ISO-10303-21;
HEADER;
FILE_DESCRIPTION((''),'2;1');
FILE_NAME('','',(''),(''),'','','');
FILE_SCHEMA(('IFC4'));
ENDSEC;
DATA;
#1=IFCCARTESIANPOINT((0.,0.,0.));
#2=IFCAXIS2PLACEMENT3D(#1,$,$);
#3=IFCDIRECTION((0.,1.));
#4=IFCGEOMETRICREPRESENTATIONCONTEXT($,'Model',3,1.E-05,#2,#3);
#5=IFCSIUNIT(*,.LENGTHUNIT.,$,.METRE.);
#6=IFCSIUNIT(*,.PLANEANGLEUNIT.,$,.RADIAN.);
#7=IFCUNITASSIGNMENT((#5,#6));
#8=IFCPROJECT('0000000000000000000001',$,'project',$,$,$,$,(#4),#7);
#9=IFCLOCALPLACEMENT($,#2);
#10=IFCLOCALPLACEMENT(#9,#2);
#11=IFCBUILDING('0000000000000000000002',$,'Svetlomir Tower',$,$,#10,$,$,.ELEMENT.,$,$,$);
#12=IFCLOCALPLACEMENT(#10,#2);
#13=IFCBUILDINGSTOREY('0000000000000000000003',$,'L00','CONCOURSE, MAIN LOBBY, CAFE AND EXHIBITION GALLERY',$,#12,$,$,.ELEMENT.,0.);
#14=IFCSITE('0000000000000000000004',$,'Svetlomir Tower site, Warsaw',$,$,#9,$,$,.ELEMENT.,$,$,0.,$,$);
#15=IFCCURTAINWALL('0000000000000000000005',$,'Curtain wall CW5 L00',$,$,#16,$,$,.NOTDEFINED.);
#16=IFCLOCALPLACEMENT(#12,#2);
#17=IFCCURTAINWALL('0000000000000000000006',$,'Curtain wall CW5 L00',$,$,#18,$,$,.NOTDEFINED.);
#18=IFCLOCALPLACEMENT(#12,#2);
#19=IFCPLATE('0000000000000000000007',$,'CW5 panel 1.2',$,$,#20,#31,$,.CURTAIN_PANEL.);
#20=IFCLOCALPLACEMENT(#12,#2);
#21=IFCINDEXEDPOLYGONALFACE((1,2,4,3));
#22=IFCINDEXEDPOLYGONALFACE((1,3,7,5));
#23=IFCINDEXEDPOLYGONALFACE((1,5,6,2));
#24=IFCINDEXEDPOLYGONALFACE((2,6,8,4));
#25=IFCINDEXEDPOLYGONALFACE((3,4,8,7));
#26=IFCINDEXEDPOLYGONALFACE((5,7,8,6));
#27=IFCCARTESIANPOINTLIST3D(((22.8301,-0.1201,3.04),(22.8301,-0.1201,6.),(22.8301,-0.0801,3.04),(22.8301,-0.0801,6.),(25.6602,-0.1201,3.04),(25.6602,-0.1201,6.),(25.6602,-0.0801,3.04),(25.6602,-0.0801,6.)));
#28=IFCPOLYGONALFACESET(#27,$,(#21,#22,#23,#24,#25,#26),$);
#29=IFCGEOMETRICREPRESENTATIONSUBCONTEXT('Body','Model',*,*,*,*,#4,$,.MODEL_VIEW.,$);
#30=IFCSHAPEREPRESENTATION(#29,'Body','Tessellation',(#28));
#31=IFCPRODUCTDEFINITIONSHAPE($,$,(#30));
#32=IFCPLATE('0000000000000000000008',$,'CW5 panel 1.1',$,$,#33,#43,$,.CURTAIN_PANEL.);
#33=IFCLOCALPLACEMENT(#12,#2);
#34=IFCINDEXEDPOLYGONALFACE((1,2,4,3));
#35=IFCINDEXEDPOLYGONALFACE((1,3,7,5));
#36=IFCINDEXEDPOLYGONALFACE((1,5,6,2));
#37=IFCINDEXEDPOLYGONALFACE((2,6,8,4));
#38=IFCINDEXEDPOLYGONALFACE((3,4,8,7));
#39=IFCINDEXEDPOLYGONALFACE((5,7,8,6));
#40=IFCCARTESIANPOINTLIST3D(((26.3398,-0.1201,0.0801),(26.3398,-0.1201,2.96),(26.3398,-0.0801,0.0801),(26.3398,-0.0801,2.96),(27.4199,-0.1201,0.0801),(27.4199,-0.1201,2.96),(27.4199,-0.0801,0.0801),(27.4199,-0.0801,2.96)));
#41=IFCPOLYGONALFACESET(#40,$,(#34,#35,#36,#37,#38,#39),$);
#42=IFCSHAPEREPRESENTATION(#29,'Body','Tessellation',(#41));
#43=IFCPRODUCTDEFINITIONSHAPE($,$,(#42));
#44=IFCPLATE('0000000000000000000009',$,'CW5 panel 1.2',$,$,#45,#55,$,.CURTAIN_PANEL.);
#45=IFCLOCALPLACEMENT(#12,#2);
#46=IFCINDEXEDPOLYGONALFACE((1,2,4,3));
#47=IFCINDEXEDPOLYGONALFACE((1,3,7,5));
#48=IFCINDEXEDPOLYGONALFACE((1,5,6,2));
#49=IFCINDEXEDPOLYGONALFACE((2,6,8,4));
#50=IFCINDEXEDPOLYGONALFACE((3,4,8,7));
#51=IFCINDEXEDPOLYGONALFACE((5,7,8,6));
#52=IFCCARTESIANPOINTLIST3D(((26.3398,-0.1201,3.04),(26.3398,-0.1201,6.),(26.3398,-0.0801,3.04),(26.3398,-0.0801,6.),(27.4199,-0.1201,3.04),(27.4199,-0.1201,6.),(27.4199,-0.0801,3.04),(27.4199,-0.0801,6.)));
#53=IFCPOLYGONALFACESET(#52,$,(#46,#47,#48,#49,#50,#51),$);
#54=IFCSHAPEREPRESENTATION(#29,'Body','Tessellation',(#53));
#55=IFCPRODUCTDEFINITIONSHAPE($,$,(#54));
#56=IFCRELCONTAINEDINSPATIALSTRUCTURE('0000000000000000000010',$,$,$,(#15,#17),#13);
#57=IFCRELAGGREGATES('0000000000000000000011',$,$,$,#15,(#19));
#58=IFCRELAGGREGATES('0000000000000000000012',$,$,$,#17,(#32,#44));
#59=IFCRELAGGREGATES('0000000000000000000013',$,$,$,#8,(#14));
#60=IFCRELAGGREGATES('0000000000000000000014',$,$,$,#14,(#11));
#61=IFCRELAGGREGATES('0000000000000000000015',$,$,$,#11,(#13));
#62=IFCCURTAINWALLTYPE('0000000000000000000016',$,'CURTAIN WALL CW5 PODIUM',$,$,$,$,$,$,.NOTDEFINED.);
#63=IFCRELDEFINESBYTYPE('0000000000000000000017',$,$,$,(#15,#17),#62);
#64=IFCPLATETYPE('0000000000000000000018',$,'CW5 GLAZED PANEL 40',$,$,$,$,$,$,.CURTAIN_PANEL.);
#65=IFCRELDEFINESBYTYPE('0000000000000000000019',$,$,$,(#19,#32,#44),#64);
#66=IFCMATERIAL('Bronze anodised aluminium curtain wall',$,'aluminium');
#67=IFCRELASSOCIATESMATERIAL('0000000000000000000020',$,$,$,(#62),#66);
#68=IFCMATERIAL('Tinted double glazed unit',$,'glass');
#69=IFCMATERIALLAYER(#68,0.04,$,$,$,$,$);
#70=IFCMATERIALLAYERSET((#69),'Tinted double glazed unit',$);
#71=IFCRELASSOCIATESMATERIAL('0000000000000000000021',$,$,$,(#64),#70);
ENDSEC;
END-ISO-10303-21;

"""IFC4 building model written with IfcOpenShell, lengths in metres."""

from ifc_helpers import new_model, si_unit, direction, frame, origin, origin_2d, place, context, subcontext, project, spatial, rectangle, extrude, material, layer, layer_set, type_object, element, aggregate, save


model = new_model("IFC4")

# Units and contexts
model_context = context("Model", 3, precision=1e-05, world=origin(), true_north=direction((0.0, 1.0)))
body_context = subcontext(model_context, "Body", "Model", "MODEL_VIEW")
ifc_project = project(units=[si_unit("LENGTHUNIT", "METRE"), si_unit("PLANEANGLEUNIT", "RADIAN")], contexts=[model_context])

# Site, building, storey
site_placement = place(None, origin())
site = spatial("IfcSite", under=ifc_project, at=site_placement, Name="Svetlomir Tower site, Warsaw", CompositionType="ELEMENT", RefElevation=0.0)
building_placement = place(site_placement, origin())
building = spatial("IfcBuilding", under=site, at=building_placement, Name="Svetlomir Tower", CompositionType="ELEMENT")
storey_placement = place(building_placement, origin())
storey = spatial("IfcBuildingStorey", under=building, at=storey_placement, Name="L00", Description="CONCOURSE, MAIN LOBBY, CAFE AND EXHIBITION GALLERY", CompositionType="ELEMENT", Elevation=0.0)

# Curtain walls
ifc_material_1 = material(Name="Bronze anodised aluminium curtain wall", Category="aluminium")
curtain_wall_type = type_object("IfcCurtainWallType", Name="CURTAIN WALL CW5 PODIUM", PredefinedType="NOTDEFINED", material=ifc_material_1)
curtain_wall_1_placement = place(storey_placement, origin())
curtain_wall_1 = element("IfcCurtainWall", 1, at=curtain_wall_1_placement, inside=storey, type_object=curtain_wall_type, Name="Curtain wall CW5 L00", PredefinedType="NOTDEFINED")
curtain_wall_2_placement = place(storey_placement, origin())
curtain_wall_2 = element("IfcCurtainWall", 2, at=curtain_wall_2_placement, inside=storey, type_object=curtain_wall_type, Name="Curtain wall CW5 L00", PredefinedType="NOTDEFINED")

# Plates
ifc_material_2 = material(Name="Tinted double glazed unit", Category="glass")
ifc_layer_1 = layer(ifc_material_2, 0.04)
ifc_layer_set_1 = layer_set([ifc_layer_1], Name="Tinted double glazed unit")
plate_type_1 = type_object("IfcPlateType", Name="CW5 GLAZED PANEL 40", PredefinedType="CURTAIN_PANEL", material=ifc_layer_set_1)
plate_1_placement = place(storey_placement, frame((24.2451, -0.1001, 3.04), z_axis=(0.0, 0.0, 1.0), x_axis=(1.0, 0.0, 0.0)))
plate_1 = element("IfcPlate", 3, at=plate_1_placement, type_object=plate_type_1, Name="CW5 panel 1.2", PredefinedType="CURTAIN_PANEL", context=body_context, shape_type="SweptSolid", body=[
    extrude(rectangle(XDim=2.8301, YDim=0.04, at=origin_2d()), origin(), (0.0, 0.0, 1.0), 2.96),
])
aggregate(curtain_wall_1, [plate_1])
plate_2_placement = place(storey_placement, frame((26.8799, -0.1001, 0.0801), z_axis=(0.0, 0.0, 1.0), x_axis=(1.0, 0.0, 0.0)))
plate_2 = element("IfcPlate", 4, at=plate_2_placement, type_object=plate_type_1, Name="CW5 panel 1.1", PredefinedType="CURTAIN_PANEL", context=body_context, shape_type="SweptSolid", body=[
    extrude(rectangle(XDim=1.0801, YDim=0.04, at=origin_2d()), origin(), (0.0, 0.0, 1.0), 2.8799),
])
plate_3_placement = place(storey_placement, frame((26.8799, -0.1001, 3.04), z_axis=(0.0, 0.0, 1.0), x_axis=(1.0, 0.0, 0.0)))
plate_3 = element("IfcPlate", 5, at=plate_3_placement, type_object=plate_type_1, Name="CW5 panel 1.2", PredefinedType="CURTAIN_PANEL", context=body_context, shape_type="SweptSolid", body=[
    extrude(rectangle(XDim=1.0801, YDim=0.04, at=origin_2d()), origin(), (0.0, 0.0, 1.0), 2.96),
])
aggregate(curtain_wall_2, [plate_2, plate_3])

save(model, "model.ifc")
